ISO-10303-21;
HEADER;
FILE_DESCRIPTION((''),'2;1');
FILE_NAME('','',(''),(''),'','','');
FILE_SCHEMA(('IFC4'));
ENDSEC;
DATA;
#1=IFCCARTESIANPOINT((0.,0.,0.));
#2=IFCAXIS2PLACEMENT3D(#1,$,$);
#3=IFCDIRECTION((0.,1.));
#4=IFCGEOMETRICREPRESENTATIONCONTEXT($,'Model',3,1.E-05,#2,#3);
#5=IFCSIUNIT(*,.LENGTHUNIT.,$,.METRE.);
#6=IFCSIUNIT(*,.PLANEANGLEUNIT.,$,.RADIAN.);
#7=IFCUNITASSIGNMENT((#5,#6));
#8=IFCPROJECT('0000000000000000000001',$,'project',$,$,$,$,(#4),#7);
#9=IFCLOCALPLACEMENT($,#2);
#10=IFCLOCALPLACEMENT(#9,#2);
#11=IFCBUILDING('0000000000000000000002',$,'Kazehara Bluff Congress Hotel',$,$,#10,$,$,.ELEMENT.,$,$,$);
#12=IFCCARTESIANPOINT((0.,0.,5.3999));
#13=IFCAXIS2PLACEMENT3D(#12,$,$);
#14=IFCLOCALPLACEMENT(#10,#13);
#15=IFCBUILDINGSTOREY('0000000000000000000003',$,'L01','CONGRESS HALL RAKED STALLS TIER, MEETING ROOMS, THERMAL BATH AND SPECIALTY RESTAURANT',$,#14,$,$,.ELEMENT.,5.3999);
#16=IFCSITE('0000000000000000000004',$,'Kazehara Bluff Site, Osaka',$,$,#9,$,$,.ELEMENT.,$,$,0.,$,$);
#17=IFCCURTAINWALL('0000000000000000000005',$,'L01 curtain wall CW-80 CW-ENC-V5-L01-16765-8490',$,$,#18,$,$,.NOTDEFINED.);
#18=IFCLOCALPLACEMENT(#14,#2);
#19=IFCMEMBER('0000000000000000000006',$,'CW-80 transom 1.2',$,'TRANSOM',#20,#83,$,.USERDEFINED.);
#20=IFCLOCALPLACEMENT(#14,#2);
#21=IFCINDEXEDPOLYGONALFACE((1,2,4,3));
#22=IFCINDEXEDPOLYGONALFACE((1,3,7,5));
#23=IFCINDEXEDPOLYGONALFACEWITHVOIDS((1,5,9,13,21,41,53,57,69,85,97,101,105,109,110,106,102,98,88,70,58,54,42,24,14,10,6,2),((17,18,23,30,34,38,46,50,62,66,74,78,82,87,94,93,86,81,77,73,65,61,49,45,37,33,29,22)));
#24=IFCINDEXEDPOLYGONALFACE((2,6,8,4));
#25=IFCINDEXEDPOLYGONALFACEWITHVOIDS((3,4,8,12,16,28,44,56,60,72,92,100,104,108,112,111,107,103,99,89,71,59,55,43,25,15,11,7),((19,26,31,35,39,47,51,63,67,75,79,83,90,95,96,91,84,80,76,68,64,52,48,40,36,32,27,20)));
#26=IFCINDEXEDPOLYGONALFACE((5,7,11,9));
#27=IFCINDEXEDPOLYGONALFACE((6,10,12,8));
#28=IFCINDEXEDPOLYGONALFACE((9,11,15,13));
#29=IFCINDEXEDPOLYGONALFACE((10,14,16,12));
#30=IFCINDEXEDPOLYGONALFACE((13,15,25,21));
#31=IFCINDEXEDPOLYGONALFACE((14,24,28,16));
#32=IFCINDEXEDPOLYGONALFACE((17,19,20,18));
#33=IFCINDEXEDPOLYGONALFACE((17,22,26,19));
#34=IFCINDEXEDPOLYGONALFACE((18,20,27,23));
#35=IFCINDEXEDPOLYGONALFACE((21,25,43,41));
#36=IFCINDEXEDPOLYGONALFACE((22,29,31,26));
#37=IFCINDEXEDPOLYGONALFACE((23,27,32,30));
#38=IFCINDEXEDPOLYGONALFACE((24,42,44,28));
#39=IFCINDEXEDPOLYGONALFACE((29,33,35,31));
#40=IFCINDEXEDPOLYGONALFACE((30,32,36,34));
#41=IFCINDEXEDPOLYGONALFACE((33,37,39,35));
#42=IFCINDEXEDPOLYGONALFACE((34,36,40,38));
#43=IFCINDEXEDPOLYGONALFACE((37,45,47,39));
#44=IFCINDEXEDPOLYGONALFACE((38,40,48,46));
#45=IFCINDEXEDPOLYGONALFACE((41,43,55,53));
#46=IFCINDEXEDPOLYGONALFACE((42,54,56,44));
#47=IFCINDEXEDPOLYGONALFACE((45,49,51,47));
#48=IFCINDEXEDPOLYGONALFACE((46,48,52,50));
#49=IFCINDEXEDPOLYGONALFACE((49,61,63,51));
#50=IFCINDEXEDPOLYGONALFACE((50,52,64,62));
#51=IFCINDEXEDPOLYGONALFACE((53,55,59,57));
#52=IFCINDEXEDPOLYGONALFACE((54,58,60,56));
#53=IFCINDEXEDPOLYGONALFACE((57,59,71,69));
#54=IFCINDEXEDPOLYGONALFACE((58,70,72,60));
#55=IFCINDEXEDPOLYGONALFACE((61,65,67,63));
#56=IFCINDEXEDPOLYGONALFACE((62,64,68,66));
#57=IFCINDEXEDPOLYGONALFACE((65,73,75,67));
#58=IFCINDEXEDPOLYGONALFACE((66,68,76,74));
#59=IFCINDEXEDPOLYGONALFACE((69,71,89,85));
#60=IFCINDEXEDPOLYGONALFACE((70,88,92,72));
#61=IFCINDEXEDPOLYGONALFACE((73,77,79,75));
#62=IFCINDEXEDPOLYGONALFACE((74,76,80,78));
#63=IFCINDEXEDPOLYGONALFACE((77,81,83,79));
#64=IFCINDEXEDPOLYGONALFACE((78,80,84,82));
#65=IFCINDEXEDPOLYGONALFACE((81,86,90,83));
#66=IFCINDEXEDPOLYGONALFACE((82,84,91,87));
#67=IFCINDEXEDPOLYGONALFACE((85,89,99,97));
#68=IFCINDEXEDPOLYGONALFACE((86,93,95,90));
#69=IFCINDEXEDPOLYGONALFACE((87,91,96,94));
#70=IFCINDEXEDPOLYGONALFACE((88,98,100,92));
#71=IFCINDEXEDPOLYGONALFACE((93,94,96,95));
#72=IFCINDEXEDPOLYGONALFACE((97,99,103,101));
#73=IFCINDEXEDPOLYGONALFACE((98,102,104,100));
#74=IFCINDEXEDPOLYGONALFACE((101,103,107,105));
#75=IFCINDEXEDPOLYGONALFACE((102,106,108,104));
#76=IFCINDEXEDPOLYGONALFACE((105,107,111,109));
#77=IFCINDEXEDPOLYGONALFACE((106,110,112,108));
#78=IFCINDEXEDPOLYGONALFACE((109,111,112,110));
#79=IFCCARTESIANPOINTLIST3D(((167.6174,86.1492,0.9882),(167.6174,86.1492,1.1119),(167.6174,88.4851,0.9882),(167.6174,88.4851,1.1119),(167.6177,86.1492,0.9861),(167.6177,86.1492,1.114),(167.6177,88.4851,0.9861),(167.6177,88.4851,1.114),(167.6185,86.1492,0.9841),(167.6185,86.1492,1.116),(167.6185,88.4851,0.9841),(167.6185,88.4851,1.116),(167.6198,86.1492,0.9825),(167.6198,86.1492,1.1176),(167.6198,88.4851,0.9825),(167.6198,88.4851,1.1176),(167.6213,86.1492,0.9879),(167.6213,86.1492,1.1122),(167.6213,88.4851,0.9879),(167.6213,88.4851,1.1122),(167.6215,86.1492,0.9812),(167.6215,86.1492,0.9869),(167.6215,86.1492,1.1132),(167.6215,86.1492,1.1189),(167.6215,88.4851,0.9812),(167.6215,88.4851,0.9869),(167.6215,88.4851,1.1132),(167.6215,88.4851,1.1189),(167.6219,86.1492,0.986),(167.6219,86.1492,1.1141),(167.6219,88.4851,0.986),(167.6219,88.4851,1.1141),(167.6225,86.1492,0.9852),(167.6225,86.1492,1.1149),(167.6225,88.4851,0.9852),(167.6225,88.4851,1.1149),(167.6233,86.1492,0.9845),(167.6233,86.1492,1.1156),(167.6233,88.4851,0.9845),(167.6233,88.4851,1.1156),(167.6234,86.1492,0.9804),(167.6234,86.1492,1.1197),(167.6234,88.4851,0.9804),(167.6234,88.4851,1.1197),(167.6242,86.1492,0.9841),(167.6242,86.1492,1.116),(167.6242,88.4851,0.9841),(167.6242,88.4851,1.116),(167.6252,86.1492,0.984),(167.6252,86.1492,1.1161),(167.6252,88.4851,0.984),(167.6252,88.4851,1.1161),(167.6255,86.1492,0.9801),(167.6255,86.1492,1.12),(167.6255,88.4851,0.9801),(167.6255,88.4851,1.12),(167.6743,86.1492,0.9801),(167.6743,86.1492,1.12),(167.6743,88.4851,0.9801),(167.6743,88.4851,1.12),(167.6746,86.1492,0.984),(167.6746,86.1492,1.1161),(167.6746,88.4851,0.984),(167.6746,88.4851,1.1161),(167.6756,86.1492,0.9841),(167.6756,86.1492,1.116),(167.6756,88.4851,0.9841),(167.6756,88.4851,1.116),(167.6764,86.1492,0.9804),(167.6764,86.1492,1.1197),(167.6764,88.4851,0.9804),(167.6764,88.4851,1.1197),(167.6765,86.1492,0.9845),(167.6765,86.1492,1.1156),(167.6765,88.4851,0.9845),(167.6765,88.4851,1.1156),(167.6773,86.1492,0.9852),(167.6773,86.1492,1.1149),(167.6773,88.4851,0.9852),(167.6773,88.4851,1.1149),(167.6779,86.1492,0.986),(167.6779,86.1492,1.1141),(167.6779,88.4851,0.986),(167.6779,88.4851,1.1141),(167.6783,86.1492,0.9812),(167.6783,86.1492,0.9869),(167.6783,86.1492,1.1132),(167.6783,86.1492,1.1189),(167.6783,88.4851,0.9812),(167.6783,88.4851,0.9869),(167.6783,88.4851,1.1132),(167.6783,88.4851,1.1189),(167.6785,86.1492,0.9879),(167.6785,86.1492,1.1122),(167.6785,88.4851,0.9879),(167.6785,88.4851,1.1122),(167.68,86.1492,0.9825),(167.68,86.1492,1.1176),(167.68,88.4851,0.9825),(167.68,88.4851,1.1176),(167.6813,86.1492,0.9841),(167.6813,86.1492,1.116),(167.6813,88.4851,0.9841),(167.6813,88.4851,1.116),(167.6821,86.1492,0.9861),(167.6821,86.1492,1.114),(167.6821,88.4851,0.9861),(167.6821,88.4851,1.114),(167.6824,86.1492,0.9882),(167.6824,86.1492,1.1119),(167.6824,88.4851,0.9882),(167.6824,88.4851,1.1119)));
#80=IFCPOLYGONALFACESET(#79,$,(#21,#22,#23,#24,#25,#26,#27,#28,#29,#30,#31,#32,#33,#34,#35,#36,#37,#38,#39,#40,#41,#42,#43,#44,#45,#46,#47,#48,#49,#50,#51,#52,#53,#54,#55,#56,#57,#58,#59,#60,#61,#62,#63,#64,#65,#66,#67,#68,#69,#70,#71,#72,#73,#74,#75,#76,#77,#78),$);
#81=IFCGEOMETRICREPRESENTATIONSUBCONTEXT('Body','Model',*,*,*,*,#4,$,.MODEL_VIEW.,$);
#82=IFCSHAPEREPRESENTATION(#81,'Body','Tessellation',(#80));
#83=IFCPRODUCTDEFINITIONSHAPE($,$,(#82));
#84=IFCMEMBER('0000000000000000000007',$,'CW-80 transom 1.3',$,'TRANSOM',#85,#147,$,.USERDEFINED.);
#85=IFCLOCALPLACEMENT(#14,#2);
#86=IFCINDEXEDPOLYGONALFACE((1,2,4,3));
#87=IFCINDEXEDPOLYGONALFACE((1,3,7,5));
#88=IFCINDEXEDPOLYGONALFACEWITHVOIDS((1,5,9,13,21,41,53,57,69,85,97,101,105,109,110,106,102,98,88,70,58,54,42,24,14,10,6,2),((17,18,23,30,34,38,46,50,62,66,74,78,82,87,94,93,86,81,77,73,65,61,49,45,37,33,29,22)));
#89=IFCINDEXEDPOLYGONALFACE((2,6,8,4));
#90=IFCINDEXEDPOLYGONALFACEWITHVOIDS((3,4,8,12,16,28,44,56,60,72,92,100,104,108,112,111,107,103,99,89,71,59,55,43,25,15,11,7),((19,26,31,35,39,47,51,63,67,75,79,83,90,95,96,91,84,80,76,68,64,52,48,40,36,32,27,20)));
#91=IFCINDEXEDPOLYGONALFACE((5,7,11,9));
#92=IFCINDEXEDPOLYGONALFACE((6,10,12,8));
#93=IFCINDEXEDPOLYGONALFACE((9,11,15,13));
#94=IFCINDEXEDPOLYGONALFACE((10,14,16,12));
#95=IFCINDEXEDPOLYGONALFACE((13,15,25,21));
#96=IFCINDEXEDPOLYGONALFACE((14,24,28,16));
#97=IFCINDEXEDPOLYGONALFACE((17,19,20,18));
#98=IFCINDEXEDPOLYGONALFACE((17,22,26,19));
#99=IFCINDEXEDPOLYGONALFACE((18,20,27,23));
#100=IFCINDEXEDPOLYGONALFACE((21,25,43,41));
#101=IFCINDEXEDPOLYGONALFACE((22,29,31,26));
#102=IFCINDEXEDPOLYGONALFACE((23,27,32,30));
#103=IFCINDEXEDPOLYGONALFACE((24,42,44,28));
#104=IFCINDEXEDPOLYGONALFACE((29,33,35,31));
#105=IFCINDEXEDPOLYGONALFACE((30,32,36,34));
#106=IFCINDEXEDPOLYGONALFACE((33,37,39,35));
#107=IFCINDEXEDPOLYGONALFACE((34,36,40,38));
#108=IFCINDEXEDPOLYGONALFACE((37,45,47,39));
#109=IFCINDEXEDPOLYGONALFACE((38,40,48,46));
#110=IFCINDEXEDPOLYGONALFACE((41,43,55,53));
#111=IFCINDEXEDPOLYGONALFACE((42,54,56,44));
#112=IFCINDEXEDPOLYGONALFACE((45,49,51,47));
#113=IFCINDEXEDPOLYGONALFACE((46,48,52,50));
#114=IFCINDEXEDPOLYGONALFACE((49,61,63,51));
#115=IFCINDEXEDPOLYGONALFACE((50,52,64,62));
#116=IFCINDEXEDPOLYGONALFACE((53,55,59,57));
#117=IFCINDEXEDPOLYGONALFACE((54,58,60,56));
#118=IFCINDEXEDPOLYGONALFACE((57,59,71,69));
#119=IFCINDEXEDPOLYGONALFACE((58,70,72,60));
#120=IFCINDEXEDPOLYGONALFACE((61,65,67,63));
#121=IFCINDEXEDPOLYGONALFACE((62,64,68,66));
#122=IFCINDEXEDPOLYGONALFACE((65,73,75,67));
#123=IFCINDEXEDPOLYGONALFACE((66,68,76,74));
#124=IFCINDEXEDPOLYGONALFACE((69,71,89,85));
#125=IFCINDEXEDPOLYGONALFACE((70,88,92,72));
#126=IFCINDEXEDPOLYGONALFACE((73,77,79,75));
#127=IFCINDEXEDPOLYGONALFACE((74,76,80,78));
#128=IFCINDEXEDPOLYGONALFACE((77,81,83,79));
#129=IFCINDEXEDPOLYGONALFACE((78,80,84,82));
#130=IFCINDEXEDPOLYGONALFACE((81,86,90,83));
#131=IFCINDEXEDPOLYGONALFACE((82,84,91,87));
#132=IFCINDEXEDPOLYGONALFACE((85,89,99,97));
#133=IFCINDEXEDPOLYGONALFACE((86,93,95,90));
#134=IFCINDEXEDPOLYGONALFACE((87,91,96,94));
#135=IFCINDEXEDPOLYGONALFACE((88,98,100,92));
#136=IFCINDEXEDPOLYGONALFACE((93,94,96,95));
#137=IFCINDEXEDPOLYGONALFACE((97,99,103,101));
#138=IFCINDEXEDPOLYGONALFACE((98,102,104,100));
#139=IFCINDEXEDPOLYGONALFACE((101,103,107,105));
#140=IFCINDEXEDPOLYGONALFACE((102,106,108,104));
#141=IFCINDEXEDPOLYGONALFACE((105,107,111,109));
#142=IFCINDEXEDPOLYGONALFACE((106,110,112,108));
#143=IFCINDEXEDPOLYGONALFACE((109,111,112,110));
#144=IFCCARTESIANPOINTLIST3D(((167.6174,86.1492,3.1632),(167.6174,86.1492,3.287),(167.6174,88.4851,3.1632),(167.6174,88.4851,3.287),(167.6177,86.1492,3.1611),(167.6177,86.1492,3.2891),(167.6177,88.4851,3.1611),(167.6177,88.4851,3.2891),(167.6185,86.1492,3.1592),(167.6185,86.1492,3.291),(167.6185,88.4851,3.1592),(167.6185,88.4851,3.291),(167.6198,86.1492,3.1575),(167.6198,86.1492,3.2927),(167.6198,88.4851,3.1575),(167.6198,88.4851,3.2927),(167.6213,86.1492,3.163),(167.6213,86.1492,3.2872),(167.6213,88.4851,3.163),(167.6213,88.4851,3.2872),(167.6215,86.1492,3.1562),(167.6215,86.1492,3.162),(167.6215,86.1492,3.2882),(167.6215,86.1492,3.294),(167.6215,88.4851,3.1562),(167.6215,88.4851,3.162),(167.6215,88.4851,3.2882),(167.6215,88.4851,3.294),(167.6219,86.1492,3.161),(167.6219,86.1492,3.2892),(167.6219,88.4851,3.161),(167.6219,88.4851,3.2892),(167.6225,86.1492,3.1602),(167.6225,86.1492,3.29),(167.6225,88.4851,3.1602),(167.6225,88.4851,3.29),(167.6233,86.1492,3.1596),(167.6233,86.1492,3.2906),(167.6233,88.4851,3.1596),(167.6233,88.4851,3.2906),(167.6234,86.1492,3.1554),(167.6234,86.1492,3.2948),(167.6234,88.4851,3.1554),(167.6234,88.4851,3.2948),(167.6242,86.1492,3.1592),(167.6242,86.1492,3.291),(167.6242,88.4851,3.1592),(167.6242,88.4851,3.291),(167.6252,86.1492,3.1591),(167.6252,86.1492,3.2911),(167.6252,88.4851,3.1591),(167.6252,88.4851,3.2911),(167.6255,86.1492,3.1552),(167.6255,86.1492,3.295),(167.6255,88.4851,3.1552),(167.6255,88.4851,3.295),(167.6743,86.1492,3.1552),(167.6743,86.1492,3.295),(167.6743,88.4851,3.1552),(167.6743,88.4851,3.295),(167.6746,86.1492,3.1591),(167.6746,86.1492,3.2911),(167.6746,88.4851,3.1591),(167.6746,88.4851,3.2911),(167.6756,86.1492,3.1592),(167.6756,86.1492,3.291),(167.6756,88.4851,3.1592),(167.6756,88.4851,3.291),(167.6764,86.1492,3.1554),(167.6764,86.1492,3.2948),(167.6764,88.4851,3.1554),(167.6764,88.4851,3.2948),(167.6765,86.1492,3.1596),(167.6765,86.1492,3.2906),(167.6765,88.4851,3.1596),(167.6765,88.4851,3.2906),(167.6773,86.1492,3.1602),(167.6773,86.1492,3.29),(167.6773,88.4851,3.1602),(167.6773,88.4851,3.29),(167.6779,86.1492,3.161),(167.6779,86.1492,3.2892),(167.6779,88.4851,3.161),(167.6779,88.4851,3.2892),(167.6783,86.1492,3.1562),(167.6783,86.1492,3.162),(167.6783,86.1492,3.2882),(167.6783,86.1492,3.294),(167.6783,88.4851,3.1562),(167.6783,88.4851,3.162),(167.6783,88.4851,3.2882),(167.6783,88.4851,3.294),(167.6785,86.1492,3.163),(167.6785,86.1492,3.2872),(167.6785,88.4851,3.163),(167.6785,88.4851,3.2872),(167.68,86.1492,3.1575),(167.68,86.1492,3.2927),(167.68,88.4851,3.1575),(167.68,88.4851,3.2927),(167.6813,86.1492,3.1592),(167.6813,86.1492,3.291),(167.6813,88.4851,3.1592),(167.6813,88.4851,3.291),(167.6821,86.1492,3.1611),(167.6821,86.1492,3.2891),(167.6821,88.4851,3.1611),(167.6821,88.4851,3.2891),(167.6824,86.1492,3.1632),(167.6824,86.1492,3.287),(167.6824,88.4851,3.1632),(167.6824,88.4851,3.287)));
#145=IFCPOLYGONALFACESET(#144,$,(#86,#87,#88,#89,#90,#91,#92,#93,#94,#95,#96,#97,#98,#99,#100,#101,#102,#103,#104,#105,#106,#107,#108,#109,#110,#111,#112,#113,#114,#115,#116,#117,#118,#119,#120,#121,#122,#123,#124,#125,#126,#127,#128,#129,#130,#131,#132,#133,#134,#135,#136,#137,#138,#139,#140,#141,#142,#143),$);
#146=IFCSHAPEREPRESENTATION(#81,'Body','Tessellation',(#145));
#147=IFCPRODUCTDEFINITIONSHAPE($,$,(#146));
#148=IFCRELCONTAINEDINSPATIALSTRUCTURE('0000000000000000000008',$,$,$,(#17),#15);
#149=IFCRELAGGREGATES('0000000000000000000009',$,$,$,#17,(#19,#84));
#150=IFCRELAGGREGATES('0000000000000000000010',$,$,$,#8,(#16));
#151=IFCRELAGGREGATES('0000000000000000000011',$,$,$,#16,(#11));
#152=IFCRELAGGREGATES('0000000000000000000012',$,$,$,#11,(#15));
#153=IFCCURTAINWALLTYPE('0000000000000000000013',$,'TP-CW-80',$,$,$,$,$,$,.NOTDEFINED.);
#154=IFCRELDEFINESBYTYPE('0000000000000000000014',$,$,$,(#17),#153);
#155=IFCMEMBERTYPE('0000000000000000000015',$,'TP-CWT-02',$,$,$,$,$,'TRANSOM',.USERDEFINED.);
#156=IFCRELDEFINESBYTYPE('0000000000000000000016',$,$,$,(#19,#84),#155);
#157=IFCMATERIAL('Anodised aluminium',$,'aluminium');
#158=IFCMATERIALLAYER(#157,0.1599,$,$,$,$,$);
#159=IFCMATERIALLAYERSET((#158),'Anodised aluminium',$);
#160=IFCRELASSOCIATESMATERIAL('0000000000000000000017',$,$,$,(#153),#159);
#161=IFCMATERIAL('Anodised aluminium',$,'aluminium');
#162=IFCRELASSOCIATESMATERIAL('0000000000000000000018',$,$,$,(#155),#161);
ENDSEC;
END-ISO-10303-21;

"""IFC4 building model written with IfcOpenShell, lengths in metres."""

from ifc_helpers import new_model, si_unit, direction, frame, origin, origin_2d, place, context, subcontext, project, spatial, hollow_rectangle, extrude, material, layer, layer_set, material_profile, profile_set, type_object, element, aggregate, save


model = new_model("IFC4")

# Units and contexts
model_context = context("Model", 3, precision=1e-05, world=origin(), true_north=direction((0.0, 1.0)))
body_context = subcontext(model_context, "Body", "Model", "MODEL_VIEW")
ifc_project = project(units=[si_unit("LENGTHUNIT", "METRE"), si_unit("PLANEANGLEUNIT", "RADIAN")], contexts=[model_context])

# Site, building, storey
site_placement = place(None, origin())
site = spatial("IfcSite", under=ifc_project, at=site_placement, Name="Kazehara Bluff Site, Osaka", CompositionType="ELEMENT", RefElevation=0.0)
building_placement = place(site_placement, origin())
building = spatial("IfcBuilding", under=site, at=building_placement, Name="Kazehara Bluff Congress Hotel", CompositionType="ELEMENT")
storey_placement = place(building_placement, frame((0.0, 0.0, 5.3999)))
storey = spatial("IfcBuildingStorey", under=building, at=storey_placement, Name="L01", Description="CONGRESS HALL RAKED STALLS TIER, MEETING ROOMS, THERMAL BATH AND SPECIALTY RESTAURANT", CompositionType="ELEMENT", Elevation=5.3999)

# Curtain wall
ifc_material_1 = material(Name="Anodised aluminium", Category="aluminium")
ifc_layer_1 = layer(ifc_material_1, 0.1599)
ifc_layer_set_1 = layer_set([ifc_layer_1], Name="Anodised aluminium")
curtain_wall_type = type_object("IfcCurtainWallType", Name="TP-CW-80", PredefinedType="NOTDEFINED", material=ifc_layer_set_1)
curtain_wall_1_placement = place(storey_placement, origin())
curtain_wall_1 = element("IfcCurtainWall", 1, at=curtain_wall_1_placement, inside=storey, type_object=curtain_wall_type, Name="L01 curtain wall CW-80 CW-ENC-V5-L01-16765-8490", PredefinedType="NOTDEFINED")

# Members
ifc_material_2 = material(Name="Anodised aluminium", Category="aluminium")
ifc_material_profile_1 = material_profile(ifc_material_2, hollow_rectangle(XDim=0.0649, YDim=0.1399, WallThickness=0.0039, InnerFilletRadius=0.0039, OuterFilletRadius=0.0081, at=origin_2d()))
ifc_profile_set_1 = profile_set([ifc_material_profile_1], Name="Anodised aluminium")
member_type_1 = type_object("IfcMemberType", Name="TP-CWT-02", ElementType="TRANSOM", PredefinedType="USERDEFINED", material=ifc_profile_set_1)
member_1_placement = place(storey_placement, frame((167.6499, 88.4851, 1.05), z_axis=(0.0, -1.0, 0.0), x_axis=(1.0, 0.0, 0.0)))
member_1 = element("IfcMember", 2, at=member_1_placement, type_object=member_type_1, Name="CW-80 transom 1.2", ObjectType="TRANSOM", PredefinedType="USERDEFINED", context=body_context, shape_type="SweptSolid", body=[
    extrude(hollow_rectangle(XDim=0.0649, YDim=0.1399, WallThickness=0.0039, InnerFilletRadius=0.0039, OuterFilletRadius=0.0081, at=origin_2d()), origin(), (0.0, 0.0, 1.0), 2.3359),
])
member_2_placement = place(storey_placement, frame((167.6499, 88.4851, 3.2251), z_axis=(0.0, -1.0, 0.0), x_axis=(1.0, 0.0, 0.0)))
member_2 = element("IfcMember", 3, at=member_2_placement, type_object=member_type_1, Name="CW-80 transom 1.3", ObjectType="TRANSOM", PredefinedType="USERDEFINED", context=body_context, shape_type="SweptSolid", body=[
    extrude(hollow_rectangle(XDim=0.0649, YDim=0.1399, WallThickness=0.0039, InnerFilletRadius=0.0039, OuterFilletRadius=0.0081, at=origin_2d()), origin(), (0.0, 0.0, 1.0), 2.3359),
])

aggregate(curtain_wall_1, [member_1, member_2])

save(model, "model.ifc")
